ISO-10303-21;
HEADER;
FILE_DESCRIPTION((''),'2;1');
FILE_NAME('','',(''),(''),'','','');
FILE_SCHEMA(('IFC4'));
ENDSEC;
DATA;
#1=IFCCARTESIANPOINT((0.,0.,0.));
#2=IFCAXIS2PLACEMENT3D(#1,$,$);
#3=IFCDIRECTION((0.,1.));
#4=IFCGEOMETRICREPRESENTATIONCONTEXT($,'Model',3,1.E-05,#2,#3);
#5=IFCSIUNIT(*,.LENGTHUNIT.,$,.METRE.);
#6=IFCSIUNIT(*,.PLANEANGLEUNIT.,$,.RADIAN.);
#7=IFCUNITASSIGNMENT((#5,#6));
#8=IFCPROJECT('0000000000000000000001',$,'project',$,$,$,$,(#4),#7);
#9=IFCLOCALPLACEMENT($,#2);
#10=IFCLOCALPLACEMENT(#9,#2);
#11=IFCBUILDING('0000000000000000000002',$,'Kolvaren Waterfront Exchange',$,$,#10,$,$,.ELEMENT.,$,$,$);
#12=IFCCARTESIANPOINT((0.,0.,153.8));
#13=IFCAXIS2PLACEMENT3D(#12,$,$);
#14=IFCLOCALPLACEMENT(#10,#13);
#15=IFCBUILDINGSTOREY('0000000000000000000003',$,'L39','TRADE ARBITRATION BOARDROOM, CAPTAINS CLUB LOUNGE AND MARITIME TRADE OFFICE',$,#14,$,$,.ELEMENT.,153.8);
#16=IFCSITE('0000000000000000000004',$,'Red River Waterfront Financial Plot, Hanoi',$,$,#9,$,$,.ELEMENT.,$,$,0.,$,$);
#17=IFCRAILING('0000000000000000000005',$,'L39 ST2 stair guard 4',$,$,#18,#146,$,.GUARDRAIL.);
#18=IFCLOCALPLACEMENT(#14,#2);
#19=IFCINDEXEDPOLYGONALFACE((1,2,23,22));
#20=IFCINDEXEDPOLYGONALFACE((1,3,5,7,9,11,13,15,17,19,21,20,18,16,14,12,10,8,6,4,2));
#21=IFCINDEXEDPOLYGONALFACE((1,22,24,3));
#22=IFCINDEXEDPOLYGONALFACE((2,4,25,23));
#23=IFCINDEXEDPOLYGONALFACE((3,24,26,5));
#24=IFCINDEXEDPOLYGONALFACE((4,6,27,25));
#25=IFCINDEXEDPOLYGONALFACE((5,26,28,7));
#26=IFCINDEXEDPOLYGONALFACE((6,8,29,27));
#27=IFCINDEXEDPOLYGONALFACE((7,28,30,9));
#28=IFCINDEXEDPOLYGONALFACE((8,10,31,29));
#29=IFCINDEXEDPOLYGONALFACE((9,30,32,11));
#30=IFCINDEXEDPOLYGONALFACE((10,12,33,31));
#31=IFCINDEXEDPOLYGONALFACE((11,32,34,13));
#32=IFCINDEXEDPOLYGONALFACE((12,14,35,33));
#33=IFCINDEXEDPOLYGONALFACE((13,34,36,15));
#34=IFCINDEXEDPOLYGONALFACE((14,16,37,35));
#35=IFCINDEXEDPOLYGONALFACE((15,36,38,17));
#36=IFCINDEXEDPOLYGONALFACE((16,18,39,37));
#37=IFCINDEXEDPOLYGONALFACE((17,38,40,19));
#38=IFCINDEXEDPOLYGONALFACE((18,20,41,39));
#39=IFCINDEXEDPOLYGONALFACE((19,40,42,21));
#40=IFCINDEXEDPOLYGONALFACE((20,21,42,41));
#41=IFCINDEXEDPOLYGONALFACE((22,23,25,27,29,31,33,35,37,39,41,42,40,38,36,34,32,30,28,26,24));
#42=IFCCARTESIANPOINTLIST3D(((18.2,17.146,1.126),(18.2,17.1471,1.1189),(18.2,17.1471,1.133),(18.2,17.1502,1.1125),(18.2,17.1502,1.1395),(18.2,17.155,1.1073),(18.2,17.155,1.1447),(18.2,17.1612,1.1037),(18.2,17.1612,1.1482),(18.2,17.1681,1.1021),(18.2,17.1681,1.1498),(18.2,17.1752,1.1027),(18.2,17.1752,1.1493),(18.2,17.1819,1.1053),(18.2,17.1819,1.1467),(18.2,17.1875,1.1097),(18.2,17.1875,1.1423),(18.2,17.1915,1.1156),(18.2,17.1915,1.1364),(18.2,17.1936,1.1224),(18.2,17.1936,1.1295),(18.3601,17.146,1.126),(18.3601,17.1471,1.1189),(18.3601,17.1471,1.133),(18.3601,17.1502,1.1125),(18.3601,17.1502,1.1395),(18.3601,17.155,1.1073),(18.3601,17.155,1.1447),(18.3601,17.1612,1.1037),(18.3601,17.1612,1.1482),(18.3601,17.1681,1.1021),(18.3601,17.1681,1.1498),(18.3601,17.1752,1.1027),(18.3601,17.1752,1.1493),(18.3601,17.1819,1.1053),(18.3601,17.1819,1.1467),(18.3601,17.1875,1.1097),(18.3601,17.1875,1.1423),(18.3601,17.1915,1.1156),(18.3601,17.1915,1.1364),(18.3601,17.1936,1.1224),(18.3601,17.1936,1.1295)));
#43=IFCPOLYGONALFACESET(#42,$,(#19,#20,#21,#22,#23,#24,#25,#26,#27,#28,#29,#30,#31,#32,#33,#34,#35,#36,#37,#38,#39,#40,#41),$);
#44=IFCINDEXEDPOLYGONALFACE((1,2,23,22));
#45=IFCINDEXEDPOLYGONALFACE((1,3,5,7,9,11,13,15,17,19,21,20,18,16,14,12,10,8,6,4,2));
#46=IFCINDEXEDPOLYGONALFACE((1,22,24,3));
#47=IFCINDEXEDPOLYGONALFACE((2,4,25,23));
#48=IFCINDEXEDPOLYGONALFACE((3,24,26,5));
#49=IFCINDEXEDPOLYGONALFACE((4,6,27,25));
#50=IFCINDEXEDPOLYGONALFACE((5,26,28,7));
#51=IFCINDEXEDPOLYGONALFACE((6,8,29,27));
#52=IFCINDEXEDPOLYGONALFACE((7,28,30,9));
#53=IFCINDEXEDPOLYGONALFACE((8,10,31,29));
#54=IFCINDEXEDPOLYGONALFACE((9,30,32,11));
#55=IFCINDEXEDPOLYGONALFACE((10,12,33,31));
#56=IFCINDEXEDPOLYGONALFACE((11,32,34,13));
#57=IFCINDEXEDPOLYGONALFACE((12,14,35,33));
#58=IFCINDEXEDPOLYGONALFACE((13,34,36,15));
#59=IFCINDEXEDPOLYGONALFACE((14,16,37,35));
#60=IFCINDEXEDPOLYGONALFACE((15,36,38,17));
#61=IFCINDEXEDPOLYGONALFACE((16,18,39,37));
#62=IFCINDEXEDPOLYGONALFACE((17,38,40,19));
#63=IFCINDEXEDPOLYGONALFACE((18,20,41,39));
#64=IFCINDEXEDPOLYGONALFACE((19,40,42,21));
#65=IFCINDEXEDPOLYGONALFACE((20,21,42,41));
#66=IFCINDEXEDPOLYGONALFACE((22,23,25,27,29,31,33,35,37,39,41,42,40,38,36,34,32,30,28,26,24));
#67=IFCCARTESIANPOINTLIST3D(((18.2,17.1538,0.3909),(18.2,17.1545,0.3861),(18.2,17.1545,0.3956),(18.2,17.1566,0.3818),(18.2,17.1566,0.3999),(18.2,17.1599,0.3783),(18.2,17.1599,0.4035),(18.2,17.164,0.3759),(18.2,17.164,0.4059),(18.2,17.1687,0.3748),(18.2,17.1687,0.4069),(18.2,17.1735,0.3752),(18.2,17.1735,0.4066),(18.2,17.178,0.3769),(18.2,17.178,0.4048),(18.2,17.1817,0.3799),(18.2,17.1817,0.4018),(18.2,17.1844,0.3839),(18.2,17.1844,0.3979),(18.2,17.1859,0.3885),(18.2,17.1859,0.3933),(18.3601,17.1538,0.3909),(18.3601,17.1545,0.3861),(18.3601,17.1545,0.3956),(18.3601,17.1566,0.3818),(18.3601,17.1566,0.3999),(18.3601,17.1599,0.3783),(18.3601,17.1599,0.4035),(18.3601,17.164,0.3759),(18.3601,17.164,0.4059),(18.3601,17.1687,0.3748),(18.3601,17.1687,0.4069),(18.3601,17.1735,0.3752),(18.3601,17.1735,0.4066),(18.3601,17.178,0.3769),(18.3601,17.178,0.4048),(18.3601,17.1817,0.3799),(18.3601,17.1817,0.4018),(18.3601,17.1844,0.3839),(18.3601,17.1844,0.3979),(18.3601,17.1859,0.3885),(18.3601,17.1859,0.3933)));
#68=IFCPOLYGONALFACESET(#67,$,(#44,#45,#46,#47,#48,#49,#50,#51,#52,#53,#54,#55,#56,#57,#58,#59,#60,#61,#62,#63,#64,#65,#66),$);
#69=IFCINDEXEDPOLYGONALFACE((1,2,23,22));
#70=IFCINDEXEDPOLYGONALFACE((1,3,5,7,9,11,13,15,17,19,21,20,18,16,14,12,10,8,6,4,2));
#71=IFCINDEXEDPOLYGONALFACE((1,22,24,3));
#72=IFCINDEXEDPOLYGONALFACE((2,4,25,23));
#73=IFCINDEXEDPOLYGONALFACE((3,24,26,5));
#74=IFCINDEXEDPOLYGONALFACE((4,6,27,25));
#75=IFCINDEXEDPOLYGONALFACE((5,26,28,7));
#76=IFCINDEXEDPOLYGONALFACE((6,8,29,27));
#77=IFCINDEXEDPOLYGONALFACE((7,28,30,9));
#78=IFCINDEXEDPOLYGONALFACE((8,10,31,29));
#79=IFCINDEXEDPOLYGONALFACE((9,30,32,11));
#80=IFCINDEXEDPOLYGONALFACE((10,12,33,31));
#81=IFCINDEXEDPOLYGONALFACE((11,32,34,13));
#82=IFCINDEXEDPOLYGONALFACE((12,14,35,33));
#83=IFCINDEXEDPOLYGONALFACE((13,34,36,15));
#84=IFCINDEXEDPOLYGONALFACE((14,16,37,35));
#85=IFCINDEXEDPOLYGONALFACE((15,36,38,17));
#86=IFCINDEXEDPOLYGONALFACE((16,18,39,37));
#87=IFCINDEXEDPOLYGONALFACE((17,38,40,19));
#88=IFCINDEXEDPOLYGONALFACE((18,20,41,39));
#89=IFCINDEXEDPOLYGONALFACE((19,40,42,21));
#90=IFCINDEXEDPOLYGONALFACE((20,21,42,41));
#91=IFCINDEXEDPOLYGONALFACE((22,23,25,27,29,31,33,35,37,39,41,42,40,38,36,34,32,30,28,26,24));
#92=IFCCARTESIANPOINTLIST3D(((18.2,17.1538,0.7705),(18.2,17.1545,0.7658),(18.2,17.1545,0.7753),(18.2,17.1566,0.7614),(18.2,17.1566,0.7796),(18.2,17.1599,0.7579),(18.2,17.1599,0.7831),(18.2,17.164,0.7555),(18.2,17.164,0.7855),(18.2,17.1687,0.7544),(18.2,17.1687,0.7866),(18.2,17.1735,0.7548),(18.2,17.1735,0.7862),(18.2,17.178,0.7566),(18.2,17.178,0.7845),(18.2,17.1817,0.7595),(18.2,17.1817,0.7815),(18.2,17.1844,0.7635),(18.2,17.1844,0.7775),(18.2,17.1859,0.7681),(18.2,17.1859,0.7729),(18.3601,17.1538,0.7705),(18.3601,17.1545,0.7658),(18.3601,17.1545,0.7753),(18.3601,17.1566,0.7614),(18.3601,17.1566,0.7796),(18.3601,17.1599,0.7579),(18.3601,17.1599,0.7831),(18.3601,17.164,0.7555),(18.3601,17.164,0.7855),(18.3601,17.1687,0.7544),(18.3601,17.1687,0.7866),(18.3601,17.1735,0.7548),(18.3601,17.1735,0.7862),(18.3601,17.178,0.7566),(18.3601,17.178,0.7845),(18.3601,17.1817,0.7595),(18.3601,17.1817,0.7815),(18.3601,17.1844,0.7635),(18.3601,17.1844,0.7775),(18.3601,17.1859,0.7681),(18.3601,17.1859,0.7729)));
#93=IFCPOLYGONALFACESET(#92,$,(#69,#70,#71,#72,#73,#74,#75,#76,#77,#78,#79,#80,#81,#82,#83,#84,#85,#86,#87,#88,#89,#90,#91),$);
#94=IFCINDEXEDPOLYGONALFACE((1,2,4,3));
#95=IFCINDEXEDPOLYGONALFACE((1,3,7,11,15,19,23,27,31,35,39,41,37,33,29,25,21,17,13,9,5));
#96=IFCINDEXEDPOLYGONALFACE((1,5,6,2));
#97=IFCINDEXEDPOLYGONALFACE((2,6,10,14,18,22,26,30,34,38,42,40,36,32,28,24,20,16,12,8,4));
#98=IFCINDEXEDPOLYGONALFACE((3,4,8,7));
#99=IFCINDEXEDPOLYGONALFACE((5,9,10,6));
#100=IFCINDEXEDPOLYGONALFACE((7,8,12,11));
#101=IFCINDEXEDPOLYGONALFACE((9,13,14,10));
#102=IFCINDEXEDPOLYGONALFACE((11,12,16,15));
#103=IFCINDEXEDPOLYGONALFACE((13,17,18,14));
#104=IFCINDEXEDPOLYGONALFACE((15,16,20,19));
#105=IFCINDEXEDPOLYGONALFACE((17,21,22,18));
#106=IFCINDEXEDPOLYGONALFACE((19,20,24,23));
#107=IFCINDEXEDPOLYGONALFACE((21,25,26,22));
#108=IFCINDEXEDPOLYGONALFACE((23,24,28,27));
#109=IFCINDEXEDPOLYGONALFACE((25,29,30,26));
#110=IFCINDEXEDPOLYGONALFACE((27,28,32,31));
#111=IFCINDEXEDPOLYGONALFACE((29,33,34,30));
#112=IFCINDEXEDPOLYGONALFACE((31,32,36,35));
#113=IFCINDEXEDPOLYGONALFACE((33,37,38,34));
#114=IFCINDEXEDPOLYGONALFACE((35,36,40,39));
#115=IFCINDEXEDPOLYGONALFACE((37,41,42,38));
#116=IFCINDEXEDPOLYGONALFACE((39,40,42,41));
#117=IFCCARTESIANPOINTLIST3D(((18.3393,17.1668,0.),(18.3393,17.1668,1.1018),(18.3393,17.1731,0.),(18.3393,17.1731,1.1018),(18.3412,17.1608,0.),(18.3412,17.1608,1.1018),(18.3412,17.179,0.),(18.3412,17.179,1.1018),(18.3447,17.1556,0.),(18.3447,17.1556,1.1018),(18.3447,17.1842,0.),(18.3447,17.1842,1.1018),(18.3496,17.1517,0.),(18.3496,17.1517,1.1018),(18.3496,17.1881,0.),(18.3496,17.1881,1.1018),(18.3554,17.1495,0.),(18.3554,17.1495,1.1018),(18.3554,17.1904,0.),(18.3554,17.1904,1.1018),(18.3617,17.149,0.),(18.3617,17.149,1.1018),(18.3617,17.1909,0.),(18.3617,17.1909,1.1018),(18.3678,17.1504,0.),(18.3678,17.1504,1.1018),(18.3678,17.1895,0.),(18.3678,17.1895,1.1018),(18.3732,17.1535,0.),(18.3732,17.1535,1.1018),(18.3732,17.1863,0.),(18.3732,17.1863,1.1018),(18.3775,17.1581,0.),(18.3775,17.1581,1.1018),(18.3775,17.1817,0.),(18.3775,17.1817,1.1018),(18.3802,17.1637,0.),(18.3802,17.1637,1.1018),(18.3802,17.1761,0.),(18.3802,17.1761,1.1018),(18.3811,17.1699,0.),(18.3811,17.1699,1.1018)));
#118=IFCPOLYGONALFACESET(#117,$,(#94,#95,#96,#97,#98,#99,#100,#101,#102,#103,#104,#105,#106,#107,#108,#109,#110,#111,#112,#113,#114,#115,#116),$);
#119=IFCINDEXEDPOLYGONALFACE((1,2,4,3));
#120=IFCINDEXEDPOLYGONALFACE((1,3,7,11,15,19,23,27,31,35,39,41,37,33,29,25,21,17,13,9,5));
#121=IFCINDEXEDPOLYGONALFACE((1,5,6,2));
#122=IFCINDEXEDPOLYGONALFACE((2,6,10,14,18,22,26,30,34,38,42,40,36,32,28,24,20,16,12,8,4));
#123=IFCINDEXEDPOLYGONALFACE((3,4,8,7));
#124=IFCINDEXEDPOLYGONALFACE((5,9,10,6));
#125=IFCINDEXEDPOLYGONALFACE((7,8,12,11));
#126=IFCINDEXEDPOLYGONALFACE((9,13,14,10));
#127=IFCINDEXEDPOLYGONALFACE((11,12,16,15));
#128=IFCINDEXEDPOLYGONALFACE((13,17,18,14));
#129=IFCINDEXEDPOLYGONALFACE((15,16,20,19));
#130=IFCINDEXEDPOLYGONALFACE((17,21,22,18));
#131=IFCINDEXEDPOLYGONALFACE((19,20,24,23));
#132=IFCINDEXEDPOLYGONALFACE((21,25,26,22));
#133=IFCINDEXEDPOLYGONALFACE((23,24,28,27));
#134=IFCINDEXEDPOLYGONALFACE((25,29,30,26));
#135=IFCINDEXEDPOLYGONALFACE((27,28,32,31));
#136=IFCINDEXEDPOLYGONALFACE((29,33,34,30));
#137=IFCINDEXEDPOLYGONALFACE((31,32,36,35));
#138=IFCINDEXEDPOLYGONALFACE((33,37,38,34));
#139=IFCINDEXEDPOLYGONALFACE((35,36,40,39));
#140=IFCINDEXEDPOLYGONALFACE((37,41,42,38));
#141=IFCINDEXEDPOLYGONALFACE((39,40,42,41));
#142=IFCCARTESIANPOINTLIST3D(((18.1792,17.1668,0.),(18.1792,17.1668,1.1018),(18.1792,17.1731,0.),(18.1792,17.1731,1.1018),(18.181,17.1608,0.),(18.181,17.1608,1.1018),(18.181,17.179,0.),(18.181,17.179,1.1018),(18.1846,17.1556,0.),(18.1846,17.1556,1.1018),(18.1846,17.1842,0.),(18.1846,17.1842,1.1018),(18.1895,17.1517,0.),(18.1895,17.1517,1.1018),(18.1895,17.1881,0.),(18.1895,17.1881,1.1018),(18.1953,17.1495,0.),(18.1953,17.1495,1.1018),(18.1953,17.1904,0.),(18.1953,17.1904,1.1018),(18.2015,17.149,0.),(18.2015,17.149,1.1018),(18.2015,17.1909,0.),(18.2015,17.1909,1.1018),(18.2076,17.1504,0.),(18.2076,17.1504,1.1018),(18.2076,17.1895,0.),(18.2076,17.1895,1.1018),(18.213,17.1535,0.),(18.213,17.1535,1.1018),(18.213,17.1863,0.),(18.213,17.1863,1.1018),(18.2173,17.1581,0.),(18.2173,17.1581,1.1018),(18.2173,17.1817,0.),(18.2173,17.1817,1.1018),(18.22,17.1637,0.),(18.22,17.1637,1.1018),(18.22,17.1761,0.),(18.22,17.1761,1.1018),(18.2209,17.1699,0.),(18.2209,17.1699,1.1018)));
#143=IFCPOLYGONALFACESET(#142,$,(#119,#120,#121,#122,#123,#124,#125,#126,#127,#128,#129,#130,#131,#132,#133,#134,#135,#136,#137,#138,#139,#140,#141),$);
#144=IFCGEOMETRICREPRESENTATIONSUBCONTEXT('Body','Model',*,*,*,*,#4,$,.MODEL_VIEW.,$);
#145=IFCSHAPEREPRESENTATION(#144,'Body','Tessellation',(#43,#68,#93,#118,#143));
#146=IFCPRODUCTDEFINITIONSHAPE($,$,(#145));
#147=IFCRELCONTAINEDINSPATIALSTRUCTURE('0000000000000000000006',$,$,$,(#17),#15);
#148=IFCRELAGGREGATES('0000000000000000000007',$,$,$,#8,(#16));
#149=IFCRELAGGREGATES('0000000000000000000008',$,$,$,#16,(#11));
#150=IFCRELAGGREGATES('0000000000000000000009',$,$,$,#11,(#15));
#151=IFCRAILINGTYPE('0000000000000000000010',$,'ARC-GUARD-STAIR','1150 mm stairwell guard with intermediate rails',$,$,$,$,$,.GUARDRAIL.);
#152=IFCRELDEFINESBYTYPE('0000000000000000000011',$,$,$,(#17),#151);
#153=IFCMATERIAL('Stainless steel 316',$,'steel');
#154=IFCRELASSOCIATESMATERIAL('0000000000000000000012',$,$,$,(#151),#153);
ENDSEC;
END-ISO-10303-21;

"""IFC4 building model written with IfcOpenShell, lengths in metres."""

from ifc_helpers import new_model, si_unit, direction, frame, origin, origin_2d, place, context, subcontext, project, spatial, circle, extrude, material, type_object, element, save


model = new_model("IFC4")

# Units and contexts
model_context = context("Model", 3, precision=1e-05, world=origin(), true_north=direction((0.0, 1.0)))
body_context = subcontext(model_context, "Body", "Model", "MODEL_VIEW")
ifc_project = project(units=[si_unit("LENGTHUNIT", "METRE"), si_unit("PLANEANGLEUNIT", "RADIAN")], contexts=[model_context])

# Site, building, storey
site_placement = place(None, origin())
site = spatial("IfcSite", under=ifc_project, at=site_placement, Name="Red River Waterfront Financial Plot, Hanoi", CompositionType="ELEMENT", RefElevation=0.0)
building_placement = place(site_placement, origin())
building = spatial("IfcBuilding", under=site, at=building_placement, Name="Kolvaren Waterfront Exchange", CompositionType="ELEMENT")
storey_placement = place(building_placement, frame((0.0, 0.0, 153.8)))
storey = spatial("IfcBuildingStorey", under=building, at=storey_placement, Name="L39", Description="TRADE ARBITRATION BOARDROOM, CAPTAINS CLUB LOUNGE AND MARITIME TRADE OFFICE", CompositionType="ELEMENT", Elevation=153.8)

# Railing
ifc_material_1 = material(Name="Stainless steel 316", Category="steel")
railing_type_1 = type_object("IfcRailingType", Name="ARC-GUARD-STAIR", Description="1150 mm stairwell guard with intermediate rails", PredefinedType="GUARDRAIL", material=ifc_material_1)
railing_1_placement = place(storey_placement, frame((18.3601, 17.1699, 0.0)))
element("IfcRailing", 1, at=railing_1_placement, inside=storey, type_object=railing_type_1, Name="L39 ST2 stair guard 4", PredefinedType="GUARDRAIL", context=body_context, shape_type="SweptSolid", body=[
    extrude(circle(Radius=0.0239, at=origin_2d()), frame((0.0, 0.0, 1.126), z_axis=(-1.0, 0.0, 0.0), x_axis=(0.0, -1.0, 0.0)), (0.0, 0.0, 1.0), 0.1602),
    extrude(circle(Radius=0.0161, at=origin_2d()), frame((0.0, 0.0, 0.3909), z_axis=(-1.0, 0.0, 0.0), x_axis=(0.0, -1.0, 0.0)), (0.0, 0.0, 1.0), 0.1602),
    extrude(circle(Radius=0.0161, at=origin_2d()), frame((0.0, 0.0, 0.7705), z_axis=(-1.0, 0.0, 0.0), x_axis=(0.0, -1.0, 0.0)), (0.0, 0.0, 1.0), 0.1602),
    extrude(circle(Radius=0.021, at=origin_2d()), origin(), (0.0, 0.0, 1.0), 1.1018),
    extrude(circle(Radius=0.021, at=origin_2d()), frame((-0.1602, 0.0, 0.0)), (0.0, 0.0, 1.0), 1.1018),
])

save(model, "model.ifc")
